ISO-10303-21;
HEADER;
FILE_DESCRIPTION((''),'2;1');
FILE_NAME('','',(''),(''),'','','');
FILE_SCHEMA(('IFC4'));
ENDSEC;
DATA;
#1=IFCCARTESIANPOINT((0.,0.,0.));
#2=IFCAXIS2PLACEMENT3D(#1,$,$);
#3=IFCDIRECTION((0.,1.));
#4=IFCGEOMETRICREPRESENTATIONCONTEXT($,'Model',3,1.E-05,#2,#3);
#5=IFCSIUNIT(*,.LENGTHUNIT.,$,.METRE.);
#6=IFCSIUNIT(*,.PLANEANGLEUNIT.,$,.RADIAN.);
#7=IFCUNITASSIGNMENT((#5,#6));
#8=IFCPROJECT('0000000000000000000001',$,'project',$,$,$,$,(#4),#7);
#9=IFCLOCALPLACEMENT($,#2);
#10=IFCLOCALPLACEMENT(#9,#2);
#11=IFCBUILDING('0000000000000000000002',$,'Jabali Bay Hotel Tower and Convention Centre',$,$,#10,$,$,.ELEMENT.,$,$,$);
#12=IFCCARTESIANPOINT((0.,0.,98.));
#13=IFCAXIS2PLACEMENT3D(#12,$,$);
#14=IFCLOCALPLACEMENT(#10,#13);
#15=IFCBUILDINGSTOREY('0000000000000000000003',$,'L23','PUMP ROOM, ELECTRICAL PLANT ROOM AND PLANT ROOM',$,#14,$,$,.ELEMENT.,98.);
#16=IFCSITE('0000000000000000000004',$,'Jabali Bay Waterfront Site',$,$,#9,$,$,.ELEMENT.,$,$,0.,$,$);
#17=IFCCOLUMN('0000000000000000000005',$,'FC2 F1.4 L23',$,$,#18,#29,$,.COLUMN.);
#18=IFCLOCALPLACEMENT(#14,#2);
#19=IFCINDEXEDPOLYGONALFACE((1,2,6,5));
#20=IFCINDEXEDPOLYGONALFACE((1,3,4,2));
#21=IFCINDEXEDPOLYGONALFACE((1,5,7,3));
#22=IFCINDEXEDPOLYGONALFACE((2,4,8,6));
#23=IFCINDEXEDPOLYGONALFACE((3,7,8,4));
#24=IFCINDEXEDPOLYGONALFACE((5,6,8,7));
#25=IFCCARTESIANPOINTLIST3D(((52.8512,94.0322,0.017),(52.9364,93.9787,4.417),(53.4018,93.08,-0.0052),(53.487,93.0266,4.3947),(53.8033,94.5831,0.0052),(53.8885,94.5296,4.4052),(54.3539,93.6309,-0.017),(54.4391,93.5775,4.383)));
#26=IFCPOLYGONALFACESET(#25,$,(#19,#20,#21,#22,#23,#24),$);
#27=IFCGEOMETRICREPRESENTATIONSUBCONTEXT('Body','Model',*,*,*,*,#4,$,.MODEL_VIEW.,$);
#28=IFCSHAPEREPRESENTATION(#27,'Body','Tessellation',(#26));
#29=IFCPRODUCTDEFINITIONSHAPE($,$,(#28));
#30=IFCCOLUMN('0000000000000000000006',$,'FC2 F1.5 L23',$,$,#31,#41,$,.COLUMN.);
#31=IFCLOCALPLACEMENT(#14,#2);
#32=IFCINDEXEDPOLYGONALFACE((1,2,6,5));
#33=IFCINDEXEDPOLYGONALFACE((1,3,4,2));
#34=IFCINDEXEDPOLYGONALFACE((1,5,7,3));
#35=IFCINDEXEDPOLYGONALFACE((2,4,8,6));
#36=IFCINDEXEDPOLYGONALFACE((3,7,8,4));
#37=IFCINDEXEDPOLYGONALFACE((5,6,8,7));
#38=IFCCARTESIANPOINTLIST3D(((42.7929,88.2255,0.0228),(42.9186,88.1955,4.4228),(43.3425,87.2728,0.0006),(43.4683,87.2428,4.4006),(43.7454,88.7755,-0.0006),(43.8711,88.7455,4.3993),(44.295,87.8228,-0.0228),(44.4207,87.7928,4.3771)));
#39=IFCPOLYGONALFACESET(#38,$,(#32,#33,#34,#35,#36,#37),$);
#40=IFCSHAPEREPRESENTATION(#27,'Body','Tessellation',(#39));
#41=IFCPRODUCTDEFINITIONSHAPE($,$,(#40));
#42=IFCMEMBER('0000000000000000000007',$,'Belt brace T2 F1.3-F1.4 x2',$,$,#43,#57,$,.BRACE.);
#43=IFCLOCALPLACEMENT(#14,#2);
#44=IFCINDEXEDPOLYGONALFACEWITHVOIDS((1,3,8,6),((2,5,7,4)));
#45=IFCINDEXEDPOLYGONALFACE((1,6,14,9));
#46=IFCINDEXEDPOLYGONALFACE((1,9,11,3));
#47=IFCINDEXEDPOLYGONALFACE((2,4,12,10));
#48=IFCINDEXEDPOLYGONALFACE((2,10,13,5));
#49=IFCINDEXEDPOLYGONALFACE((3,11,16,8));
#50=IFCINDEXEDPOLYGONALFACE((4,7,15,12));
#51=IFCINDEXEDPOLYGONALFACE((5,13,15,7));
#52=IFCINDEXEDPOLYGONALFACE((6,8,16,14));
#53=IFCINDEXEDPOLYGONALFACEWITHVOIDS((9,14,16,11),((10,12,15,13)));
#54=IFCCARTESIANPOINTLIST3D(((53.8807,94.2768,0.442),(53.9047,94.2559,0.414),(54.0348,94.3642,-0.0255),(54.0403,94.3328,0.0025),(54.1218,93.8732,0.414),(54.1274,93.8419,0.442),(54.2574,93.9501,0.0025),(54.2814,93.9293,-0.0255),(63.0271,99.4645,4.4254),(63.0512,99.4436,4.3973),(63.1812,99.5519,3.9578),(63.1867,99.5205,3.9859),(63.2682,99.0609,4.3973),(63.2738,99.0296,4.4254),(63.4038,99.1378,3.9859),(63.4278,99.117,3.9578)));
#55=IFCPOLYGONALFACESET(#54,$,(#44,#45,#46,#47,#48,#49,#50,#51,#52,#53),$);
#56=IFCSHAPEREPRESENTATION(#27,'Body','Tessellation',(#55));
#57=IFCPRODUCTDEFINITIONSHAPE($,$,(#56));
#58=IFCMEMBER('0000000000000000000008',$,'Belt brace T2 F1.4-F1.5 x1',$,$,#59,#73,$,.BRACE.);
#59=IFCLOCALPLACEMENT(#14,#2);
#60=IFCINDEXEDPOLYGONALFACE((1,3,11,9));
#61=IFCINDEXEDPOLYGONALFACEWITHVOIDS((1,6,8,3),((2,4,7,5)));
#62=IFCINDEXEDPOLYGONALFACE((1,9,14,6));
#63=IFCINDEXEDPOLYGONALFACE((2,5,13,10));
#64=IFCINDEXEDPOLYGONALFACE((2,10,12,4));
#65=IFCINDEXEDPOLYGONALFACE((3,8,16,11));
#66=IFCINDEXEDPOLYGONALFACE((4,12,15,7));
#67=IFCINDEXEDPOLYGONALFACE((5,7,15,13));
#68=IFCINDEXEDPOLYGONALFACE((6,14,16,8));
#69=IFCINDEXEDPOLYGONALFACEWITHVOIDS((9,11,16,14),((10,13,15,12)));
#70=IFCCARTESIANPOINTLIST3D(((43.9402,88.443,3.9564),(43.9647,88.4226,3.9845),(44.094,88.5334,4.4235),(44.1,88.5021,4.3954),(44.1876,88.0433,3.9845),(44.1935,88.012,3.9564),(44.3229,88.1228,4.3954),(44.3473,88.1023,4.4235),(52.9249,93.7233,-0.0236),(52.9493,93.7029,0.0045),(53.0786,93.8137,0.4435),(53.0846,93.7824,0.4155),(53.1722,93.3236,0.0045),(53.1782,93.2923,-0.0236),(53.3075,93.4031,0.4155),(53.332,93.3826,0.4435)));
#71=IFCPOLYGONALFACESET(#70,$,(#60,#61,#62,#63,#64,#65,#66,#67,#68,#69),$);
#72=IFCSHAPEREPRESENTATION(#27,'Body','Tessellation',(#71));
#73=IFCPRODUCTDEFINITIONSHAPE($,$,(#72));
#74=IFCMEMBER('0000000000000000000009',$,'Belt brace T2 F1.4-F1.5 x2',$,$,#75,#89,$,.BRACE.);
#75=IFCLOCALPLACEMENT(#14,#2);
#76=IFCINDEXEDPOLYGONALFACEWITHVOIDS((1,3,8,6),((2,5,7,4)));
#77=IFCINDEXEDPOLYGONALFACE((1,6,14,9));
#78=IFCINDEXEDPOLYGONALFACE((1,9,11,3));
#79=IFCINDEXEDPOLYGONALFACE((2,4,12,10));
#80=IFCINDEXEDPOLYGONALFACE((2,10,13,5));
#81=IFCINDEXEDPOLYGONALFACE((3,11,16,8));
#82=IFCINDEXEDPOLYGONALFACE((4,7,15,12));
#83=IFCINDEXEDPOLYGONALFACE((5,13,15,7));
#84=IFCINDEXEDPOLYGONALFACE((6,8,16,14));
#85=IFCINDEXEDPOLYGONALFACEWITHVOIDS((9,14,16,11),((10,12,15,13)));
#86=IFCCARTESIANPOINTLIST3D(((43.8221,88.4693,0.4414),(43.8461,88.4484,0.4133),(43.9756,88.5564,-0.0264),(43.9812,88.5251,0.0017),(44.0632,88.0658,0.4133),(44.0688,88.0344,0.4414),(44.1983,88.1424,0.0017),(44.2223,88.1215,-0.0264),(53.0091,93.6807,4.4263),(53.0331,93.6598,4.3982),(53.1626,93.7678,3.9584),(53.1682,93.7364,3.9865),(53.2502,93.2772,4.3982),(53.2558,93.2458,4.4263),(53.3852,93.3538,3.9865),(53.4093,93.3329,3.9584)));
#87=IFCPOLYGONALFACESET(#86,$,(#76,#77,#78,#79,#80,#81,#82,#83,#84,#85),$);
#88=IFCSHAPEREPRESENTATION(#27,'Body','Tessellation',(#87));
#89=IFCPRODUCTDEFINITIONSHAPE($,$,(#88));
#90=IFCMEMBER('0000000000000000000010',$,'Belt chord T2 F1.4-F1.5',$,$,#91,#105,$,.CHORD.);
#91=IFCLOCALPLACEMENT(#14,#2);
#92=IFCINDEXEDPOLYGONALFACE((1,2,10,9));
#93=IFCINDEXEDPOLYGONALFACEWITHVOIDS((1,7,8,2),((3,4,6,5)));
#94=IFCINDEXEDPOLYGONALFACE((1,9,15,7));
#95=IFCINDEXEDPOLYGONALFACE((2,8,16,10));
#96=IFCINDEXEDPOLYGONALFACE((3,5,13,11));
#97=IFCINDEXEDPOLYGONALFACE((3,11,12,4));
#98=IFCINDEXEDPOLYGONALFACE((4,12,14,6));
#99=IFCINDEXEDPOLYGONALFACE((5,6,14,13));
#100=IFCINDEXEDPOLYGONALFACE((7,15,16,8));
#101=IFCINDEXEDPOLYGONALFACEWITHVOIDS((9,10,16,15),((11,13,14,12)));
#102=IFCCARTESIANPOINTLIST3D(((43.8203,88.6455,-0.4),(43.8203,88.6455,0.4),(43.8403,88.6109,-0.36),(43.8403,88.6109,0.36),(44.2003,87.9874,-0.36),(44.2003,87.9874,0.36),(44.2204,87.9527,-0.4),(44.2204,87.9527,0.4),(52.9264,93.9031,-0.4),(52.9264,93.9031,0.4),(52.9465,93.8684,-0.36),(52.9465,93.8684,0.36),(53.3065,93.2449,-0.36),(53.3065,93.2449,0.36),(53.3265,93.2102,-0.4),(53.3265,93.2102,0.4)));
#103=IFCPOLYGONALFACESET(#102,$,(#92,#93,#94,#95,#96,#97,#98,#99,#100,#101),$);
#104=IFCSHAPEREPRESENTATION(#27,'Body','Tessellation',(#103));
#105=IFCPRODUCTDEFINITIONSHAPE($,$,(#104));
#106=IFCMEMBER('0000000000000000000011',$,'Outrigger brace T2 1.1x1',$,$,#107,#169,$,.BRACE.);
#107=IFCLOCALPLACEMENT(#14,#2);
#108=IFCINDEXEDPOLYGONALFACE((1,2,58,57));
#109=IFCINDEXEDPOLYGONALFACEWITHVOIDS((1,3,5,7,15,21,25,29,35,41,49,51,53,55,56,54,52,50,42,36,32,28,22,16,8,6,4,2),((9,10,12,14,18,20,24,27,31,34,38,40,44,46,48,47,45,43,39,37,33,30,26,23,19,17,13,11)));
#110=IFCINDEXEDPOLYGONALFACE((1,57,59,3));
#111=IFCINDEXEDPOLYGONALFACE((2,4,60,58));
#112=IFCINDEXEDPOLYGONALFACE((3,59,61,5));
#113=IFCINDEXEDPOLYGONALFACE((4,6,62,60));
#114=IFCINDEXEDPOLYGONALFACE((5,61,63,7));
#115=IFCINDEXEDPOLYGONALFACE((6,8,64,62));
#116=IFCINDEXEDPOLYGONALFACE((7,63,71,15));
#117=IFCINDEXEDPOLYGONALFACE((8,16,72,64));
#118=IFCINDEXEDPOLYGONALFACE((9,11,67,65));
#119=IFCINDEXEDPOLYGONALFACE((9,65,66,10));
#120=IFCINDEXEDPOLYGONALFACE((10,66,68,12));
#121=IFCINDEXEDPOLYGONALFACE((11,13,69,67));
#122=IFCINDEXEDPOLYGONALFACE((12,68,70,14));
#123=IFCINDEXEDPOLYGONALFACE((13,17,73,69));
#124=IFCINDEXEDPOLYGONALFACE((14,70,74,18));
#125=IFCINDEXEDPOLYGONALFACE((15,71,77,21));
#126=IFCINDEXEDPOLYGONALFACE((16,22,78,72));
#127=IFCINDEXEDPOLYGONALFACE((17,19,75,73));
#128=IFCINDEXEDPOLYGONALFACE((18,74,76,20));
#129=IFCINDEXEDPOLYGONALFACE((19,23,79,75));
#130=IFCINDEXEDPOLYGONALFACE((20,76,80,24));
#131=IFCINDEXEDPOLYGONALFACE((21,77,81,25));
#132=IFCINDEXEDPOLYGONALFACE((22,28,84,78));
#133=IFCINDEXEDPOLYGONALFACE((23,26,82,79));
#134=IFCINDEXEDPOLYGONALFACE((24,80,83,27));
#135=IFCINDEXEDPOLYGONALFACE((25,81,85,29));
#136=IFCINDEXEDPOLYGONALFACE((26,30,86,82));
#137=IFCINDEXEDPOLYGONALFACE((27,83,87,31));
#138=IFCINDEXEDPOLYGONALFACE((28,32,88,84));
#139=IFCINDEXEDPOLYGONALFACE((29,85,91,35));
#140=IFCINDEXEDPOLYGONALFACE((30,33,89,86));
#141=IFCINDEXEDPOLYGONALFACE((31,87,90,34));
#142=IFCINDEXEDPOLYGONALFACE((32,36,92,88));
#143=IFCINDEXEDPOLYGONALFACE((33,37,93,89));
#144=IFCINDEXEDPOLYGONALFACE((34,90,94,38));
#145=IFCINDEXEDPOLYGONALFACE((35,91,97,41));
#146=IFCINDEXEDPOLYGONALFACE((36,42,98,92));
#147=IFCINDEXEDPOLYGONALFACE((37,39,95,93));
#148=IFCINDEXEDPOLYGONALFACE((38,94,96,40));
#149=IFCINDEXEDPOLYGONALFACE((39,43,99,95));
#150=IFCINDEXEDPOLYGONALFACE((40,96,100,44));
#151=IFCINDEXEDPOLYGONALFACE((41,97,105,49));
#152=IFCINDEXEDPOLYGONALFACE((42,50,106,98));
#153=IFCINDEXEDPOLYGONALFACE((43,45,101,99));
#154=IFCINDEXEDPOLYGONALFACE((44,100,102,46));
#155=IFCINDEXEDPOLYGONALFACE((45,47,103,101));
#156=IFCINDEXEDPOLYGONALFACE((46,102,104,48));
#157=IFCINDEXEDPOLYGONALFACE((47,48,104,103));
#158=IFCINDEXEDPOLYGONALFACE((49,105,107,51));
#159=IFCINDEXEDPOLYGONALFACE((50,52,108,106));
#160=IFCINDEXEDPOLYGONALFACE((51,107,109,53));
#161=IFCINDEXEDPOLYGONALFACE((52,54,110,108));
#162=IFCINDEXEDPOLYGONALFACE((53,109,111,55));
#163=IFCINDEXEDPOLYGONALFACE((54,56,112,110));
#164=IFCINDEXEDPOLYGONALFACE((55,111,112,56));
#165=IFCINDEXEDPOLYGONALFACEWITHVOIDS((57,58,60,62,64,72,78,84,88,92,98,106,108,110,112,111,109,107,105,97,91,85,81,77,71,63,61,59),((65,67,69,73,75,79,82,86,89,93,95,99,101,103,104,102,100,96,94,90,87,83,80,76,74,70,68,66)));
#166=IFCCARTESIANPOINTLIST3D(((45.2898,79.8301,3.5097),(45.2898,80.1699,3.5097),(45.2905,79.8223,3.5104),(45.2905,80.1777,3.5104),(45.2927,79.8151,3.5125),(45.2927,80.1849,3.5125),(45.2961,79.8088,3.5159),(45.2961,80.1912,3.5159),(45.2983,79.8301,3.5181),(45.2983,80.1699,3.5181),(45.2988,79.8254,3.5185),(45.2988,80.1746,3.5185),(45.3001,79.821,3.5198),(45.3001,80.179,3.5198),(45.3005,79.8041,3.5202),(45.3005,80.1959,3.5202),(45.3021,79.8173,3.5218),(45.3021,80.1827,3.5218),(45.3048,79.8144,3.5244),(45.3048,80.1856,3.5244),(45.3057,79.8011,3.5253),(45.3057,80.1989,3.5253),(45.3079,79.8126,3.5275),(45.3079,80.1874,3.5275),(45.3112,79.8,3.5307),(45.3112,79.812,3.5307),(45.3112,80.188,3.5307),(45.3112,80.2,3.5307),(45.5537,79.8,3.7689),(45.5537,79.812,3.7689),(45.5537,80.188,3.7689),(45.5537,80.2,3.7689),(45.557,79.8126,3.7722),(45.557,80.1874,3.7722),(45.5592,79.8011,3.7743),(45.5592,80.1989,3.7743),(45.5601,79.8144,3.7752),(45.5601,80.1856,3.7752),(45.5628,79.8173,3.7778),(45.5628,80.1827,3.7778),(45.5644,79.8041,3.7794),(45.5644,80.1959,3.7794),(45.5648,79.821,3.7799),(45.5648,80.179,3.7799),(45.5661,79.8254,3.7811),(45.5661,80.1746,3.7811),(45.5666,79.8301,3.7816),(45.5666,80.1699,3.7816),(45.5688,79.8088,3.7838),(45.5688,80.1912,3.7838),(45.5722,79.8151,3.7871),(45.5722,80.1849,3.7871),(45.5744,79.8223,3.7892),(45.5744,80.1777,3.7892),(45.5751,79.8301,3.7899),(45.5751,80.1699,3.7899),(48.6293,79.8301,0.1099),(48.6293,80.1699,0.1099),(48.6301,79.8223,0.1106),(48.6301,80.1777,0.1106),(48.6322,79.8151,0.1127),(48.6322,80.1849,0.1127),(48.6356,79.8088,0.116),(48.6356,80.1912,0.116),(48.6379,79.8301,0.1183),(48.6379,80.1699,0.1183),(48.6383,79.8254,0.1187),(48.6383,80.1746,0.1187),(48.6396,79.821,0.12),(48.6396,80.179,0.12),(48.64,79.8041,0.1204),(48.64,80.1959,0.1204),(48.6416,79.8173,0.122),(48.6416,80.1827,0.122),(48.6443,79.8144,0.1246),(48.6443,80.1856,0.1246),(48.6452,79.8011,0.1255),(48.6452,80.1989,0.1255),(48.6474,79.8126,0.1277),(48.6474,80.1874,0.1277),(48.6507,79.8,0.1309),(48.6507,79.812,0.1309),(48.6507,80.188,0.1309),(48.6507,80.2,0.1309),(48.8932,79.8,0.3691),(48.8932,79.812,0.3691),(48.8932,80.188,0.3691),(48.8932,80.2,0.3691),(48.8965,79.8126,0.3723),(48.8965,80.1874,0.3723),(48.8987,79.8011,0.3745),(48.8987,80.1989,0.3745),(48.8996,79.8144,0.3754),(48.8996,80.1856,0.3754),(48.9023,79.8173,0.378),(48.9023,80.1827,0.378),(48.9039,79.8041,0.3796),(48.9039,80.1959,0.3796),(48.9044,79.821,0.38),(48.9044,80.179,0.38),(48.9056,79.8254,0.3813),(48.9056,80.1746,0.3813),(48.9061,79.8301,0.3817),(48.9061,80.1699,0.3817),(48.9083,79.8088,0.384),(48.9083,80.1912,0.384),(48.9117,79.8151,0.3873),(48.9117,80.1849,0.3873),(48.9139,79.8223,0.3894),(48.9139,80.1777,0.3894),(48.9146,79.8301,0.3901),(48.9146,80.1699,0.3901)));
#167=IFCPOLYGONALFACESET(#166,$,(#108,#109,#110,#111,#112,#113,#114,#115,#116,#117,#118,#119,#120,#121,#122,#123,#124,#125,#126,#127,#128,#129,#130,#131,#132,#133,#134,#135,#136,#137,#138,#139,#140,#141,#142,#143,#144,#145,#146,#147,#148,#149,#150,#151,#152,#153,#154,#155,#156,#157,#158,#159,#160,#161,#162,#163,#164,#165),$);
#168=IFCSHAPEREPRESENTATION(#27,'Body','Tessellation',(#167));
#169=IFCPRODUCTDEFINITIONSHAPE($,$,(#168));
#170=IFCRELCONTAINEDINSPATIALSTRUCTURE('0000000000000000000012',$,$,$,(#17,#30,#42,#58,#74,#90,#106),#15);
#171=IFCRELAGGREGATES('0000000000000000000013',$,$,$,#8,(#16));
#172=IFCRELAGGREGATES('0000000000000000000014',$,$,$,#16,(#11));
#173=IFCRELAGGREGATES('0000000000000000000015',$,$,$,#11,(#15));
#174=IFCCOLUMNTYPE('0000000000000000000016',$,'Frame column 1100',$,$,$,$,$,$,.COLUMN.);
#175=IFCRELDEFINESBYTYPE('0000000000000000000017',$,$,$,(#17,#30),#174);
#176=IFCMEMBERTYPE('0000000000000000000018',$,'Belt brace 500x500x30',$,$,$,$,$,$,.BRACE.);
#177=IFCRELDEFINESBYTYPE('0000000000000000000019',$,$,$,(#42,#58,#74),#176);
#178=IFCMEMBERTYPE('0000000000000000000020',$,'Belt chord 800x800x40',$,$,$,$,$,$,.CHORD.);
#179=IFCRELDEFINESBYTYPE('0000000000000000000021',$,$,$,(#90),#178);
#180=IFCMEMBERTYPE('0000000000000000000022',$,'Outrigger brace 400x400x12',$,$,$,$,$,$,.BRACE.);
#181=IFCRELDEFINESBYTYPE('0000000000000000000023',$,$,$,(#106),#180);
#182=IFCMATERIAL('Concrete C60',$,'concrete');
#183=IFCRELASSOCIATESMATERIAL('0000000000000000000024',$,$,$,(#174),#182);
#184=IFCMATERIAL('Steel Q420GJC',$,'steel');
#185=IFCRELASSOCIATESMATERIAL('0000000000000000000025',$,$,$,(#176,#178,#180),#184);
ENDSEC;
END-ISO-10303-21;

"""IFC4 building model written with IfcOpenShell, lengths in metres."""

from ifc_helpers import new_model, si_unit, direction, frame, origin, origin_2d, place, context, subcontext, project, spatial, rectangle, hollow_rectangle, extrude, material, material_profile, profile_set, type_object, element, save


model = new_model("IFC4")

# Units and contexts
model_context = context("Model", 3, precision=1e-05, world=origin(), true_north=direction((0.0, 1.0)))
body_context = subcontext(model_context, "Body", "Model", "MODEL_VIEW")
ifc_project = project(units=[si_unit("LENGTHUNIT", "METRE"), si_unit("PLANEANGLEUNIT", "RADIAN")], contexts=[model_context])

# Site, building, storey
site_placement = place(None, origin())
site = spatial("IfcSite", under=ifc_project, at=site_placement, Name="Jabali Bay Waterfront Site", CompositionType="ELEMENT", RefElevation=0.0)
building_placement = place(site_placement, origin())
building = spatial("IfcBuilding", under=site, at=building_placement, Name="Jabali Bay Hotel Tower and Convention Centre", CompositionType="ELEMENT")
storey_placement = place(building_placement, frame((0.0, 0.0, 98.0)))
storey = spatial("IfcBuildingStorey", under=building, at=storey_placement, Name="L23", Description="PUMP ROOM, ELECTRICAL PLANT ROOM AND PLANT ROOM", CompositionType="ELEMENT", Elevation=98.0)

# Columns
ifc_material_1 = material(Name="Concrete C60", Category="concrete")
ifc_material_profile_1 = material_profile(ifc_material_1, rectangle(XDim=1.1001, YDim=1.1001, at=origin_2d()), Name="Frame column 1100")
ifc_profile_set_1 = profile_set([ifc_material_profile_1], Name="Concrete C60")
column_type = type_object("IfcColumnType", Name="Frame column 1100", PredefinedType="COLUMN", material=ifc_profile_set_1)
column_1_placement = place(storey_placement, frame((53.6025, 93.8315, 0.0), z_axis=(0.01936, -0.012149, 0.999739), x_axis=(-0.500505, 0.865498, 0.02021)))
element("IfcColumn", 1, at=column_1_placement, inside=storey, type_object=column_type, Name="FC2 F1.4 L23", PredefinedType="COLUMN", context=body_context, shape_type="SweptSolid", body=[
    extrude(rectangle(XDim=1.1001, YDim=1.1001, at=origin_2d()), origin(), (0.0, 0.0, 1.0), 4.4011),
])
column_2_placement = place(storey_placement, frame((43.5439, 88.0242, 0.0), z_axis=(0.028564, -0.006822, 0.999569), x_axis=(-0.499616, 0.866012, 0.020188)))
element("IfcColumn", 2, at=column_2_placement, inside=storey, type_object=column_type, Name="FC2 F1.5 L23", PredefinedType="COLUMN", context=body_context, shape_type="SweptSolid", body=[
    extrude(rectangle(XDim=1.1001, YDim=1.1001, at=origin_2d()), origin(), (0.0, 0.0, 1.0), 4.4019),
])

# Members
ifc_material_2 = material(Name="Steel Q420GJC", Category="steel")
ifc_material_profile_2 = material_profile(ifc_material_2, hollow_rectangle(XDim=0.5, YDim=0.5, WallThickness=0.03, at=origin_2d()), Name="Belt brace 500x500x30")
ifc_profile_set_2 = profile_set([ifc_material_profile_2], Name="Steel Q420GJC")
member_type_1 = type_object("IfcMemberType", Name="Belt brace 500x500x30", PredefinedType="BRACE", material=ifc_profile_set_2)
member_1_placement = place(storey_placement, frame((54.0811, 94.103, 0.2083), z_axis=(0.81342, 0.461359, 0.354254), x_axis=(-0.493353, 0.869829, 0.0)))
element("IfcMember", 3, at=member_1_placement, inside=storey, type_object=member_type_1, Name="Belt brace T2 F1.3-F1.4 x2", PredefinedType="BRACE", context=body_context, shape_type="SweptSolid", body=[
    extrude(hollow_rectangle(XDim=0.5, YDim=0.5, WallThickness=0.03, at=origin_2d()), origin(), (0.0, 0.0, 1.0), 11.2444),
])
member_2_placement = place(storey_placement, frame((53.1284, 93.553, 0.21), z_axis=(-0.805399, -0.473334, 0.356773), x_axis=(0.506678, -0.862135, 0.0)))
element("IfcMember", 4, at=member_2_placement, inside=storey, type_object=member_type_1, Name="Belt brace T2 F1.4-F1.5 x1", PredefinedType="BRACE", context=body_context, shape_type="SweptSolid", body=[
    extrude(hollow_rectangle(XDim=0.5, YDim=0.5, WallThickness=0.03, at=origin_2d()), origin(), (0.0, 0.0, 1.0), 11.1555),
])
member_3_placement = place(storey_placement, frame((44.0222, 88.2954, 0.2075), z_axis=(0.813809, 0.461642, 0.352989), x_axis=(-0.493403, 0.869801, 0.0)))
element("IfcMember", 5, at=member_3_placement, inside=storey, type_object=member_type_1, Name="Belt brace T2 F1.4-F1.5 x2", PredefinedType="BRACE", context=body_context, shape_type="SweptSolid", body=[
    extrude(hollow_rectangle(XDim=0.5, YDim=0.5, WallThickness=0.03, at=origin_2d()), origin(), (0.0, 0.0, 1.0), 11.2888),
])
ifc_material_profile_3 = material_profile(ifc_material_2, hollow_rectangle(XDim=0.8, YDim=0.8, WallThickness=0.04, at=origin_2d()), Name="Belt chord 800x800x40")
ifc_profile_set_3 = profile_set([ifc_material_profile_3], Name="Steel Q420GJC")
member_type_2 = type_object("IfcMemberType", Name="Belt chord 800x800x40", PredefinedType="CHORD", material=ifc_profile_set_3)
member_4_placement = place(storey_placement, frame((53.1265, 93.5566, 0.0), z_axis=(-0.866021, -0.500007, 0.0), x_axis=(0.500007, -0.866021, 0.0)))
element("IfcMember", 6, at=member_4_placement, inside=storey, type_object=member_type_2, Name="Belt chord T2 F1.4-F1.5", PredefinedType="CHORD", context=body_context, shape_type="SweptSolid", body=[
    extrude(hollow_rectangle(XDim=0.8, YDim=0.8, WallThickness=0.04, at=origin_2d()), origin(), (0.0, 0.0, 1.0), 10.5149),
])
ifc_material_profile_4 = material_profile(ifc_material_2, hollow_rectangle(XDim=0.3999, YDim=0.3999, WallThickness=0.012, InnerFilletRadius=0.0181, OuterFilletRadius=0.03, at=origin_2d()), Name="Outrigger brace 400x400x12")
ifc_profile_set_4 = profile_set([ifc_material_profile_4], Name="Steel Q420GJC")
member_type_3 = type_object("IfcMemberType", Name="Outrigger brace 400x400x12", PredefinedType="BRACE", material=ifc_profile_set_4)
member_5_placement = place(storey_placement, frame((48.772, 80.0, 0.25), z_axis=(-0.700752, 0.0, 0.713405), x_axis=(0.0, -1.0, 0.0)))
element("IfcMember", 7, at=member_5_placement, inside=storey, type_object=member_type_3, Name="Outrigger brace T2 1.1x1", PredefinedType="BRACE", context=body_context, shape_type="SweptSolid", body=[
    extrude(hollow_rectangle(XDim=0.3999, YDim=0.3999, WallThickness=0.012, InnerFilletRadius=0.0181, OuterFilletRadius=0.03, at=origin_2d()), origin(), (0.0, 0.0, 1.0), 4.7656),
])

save(model, "model.ifc")
